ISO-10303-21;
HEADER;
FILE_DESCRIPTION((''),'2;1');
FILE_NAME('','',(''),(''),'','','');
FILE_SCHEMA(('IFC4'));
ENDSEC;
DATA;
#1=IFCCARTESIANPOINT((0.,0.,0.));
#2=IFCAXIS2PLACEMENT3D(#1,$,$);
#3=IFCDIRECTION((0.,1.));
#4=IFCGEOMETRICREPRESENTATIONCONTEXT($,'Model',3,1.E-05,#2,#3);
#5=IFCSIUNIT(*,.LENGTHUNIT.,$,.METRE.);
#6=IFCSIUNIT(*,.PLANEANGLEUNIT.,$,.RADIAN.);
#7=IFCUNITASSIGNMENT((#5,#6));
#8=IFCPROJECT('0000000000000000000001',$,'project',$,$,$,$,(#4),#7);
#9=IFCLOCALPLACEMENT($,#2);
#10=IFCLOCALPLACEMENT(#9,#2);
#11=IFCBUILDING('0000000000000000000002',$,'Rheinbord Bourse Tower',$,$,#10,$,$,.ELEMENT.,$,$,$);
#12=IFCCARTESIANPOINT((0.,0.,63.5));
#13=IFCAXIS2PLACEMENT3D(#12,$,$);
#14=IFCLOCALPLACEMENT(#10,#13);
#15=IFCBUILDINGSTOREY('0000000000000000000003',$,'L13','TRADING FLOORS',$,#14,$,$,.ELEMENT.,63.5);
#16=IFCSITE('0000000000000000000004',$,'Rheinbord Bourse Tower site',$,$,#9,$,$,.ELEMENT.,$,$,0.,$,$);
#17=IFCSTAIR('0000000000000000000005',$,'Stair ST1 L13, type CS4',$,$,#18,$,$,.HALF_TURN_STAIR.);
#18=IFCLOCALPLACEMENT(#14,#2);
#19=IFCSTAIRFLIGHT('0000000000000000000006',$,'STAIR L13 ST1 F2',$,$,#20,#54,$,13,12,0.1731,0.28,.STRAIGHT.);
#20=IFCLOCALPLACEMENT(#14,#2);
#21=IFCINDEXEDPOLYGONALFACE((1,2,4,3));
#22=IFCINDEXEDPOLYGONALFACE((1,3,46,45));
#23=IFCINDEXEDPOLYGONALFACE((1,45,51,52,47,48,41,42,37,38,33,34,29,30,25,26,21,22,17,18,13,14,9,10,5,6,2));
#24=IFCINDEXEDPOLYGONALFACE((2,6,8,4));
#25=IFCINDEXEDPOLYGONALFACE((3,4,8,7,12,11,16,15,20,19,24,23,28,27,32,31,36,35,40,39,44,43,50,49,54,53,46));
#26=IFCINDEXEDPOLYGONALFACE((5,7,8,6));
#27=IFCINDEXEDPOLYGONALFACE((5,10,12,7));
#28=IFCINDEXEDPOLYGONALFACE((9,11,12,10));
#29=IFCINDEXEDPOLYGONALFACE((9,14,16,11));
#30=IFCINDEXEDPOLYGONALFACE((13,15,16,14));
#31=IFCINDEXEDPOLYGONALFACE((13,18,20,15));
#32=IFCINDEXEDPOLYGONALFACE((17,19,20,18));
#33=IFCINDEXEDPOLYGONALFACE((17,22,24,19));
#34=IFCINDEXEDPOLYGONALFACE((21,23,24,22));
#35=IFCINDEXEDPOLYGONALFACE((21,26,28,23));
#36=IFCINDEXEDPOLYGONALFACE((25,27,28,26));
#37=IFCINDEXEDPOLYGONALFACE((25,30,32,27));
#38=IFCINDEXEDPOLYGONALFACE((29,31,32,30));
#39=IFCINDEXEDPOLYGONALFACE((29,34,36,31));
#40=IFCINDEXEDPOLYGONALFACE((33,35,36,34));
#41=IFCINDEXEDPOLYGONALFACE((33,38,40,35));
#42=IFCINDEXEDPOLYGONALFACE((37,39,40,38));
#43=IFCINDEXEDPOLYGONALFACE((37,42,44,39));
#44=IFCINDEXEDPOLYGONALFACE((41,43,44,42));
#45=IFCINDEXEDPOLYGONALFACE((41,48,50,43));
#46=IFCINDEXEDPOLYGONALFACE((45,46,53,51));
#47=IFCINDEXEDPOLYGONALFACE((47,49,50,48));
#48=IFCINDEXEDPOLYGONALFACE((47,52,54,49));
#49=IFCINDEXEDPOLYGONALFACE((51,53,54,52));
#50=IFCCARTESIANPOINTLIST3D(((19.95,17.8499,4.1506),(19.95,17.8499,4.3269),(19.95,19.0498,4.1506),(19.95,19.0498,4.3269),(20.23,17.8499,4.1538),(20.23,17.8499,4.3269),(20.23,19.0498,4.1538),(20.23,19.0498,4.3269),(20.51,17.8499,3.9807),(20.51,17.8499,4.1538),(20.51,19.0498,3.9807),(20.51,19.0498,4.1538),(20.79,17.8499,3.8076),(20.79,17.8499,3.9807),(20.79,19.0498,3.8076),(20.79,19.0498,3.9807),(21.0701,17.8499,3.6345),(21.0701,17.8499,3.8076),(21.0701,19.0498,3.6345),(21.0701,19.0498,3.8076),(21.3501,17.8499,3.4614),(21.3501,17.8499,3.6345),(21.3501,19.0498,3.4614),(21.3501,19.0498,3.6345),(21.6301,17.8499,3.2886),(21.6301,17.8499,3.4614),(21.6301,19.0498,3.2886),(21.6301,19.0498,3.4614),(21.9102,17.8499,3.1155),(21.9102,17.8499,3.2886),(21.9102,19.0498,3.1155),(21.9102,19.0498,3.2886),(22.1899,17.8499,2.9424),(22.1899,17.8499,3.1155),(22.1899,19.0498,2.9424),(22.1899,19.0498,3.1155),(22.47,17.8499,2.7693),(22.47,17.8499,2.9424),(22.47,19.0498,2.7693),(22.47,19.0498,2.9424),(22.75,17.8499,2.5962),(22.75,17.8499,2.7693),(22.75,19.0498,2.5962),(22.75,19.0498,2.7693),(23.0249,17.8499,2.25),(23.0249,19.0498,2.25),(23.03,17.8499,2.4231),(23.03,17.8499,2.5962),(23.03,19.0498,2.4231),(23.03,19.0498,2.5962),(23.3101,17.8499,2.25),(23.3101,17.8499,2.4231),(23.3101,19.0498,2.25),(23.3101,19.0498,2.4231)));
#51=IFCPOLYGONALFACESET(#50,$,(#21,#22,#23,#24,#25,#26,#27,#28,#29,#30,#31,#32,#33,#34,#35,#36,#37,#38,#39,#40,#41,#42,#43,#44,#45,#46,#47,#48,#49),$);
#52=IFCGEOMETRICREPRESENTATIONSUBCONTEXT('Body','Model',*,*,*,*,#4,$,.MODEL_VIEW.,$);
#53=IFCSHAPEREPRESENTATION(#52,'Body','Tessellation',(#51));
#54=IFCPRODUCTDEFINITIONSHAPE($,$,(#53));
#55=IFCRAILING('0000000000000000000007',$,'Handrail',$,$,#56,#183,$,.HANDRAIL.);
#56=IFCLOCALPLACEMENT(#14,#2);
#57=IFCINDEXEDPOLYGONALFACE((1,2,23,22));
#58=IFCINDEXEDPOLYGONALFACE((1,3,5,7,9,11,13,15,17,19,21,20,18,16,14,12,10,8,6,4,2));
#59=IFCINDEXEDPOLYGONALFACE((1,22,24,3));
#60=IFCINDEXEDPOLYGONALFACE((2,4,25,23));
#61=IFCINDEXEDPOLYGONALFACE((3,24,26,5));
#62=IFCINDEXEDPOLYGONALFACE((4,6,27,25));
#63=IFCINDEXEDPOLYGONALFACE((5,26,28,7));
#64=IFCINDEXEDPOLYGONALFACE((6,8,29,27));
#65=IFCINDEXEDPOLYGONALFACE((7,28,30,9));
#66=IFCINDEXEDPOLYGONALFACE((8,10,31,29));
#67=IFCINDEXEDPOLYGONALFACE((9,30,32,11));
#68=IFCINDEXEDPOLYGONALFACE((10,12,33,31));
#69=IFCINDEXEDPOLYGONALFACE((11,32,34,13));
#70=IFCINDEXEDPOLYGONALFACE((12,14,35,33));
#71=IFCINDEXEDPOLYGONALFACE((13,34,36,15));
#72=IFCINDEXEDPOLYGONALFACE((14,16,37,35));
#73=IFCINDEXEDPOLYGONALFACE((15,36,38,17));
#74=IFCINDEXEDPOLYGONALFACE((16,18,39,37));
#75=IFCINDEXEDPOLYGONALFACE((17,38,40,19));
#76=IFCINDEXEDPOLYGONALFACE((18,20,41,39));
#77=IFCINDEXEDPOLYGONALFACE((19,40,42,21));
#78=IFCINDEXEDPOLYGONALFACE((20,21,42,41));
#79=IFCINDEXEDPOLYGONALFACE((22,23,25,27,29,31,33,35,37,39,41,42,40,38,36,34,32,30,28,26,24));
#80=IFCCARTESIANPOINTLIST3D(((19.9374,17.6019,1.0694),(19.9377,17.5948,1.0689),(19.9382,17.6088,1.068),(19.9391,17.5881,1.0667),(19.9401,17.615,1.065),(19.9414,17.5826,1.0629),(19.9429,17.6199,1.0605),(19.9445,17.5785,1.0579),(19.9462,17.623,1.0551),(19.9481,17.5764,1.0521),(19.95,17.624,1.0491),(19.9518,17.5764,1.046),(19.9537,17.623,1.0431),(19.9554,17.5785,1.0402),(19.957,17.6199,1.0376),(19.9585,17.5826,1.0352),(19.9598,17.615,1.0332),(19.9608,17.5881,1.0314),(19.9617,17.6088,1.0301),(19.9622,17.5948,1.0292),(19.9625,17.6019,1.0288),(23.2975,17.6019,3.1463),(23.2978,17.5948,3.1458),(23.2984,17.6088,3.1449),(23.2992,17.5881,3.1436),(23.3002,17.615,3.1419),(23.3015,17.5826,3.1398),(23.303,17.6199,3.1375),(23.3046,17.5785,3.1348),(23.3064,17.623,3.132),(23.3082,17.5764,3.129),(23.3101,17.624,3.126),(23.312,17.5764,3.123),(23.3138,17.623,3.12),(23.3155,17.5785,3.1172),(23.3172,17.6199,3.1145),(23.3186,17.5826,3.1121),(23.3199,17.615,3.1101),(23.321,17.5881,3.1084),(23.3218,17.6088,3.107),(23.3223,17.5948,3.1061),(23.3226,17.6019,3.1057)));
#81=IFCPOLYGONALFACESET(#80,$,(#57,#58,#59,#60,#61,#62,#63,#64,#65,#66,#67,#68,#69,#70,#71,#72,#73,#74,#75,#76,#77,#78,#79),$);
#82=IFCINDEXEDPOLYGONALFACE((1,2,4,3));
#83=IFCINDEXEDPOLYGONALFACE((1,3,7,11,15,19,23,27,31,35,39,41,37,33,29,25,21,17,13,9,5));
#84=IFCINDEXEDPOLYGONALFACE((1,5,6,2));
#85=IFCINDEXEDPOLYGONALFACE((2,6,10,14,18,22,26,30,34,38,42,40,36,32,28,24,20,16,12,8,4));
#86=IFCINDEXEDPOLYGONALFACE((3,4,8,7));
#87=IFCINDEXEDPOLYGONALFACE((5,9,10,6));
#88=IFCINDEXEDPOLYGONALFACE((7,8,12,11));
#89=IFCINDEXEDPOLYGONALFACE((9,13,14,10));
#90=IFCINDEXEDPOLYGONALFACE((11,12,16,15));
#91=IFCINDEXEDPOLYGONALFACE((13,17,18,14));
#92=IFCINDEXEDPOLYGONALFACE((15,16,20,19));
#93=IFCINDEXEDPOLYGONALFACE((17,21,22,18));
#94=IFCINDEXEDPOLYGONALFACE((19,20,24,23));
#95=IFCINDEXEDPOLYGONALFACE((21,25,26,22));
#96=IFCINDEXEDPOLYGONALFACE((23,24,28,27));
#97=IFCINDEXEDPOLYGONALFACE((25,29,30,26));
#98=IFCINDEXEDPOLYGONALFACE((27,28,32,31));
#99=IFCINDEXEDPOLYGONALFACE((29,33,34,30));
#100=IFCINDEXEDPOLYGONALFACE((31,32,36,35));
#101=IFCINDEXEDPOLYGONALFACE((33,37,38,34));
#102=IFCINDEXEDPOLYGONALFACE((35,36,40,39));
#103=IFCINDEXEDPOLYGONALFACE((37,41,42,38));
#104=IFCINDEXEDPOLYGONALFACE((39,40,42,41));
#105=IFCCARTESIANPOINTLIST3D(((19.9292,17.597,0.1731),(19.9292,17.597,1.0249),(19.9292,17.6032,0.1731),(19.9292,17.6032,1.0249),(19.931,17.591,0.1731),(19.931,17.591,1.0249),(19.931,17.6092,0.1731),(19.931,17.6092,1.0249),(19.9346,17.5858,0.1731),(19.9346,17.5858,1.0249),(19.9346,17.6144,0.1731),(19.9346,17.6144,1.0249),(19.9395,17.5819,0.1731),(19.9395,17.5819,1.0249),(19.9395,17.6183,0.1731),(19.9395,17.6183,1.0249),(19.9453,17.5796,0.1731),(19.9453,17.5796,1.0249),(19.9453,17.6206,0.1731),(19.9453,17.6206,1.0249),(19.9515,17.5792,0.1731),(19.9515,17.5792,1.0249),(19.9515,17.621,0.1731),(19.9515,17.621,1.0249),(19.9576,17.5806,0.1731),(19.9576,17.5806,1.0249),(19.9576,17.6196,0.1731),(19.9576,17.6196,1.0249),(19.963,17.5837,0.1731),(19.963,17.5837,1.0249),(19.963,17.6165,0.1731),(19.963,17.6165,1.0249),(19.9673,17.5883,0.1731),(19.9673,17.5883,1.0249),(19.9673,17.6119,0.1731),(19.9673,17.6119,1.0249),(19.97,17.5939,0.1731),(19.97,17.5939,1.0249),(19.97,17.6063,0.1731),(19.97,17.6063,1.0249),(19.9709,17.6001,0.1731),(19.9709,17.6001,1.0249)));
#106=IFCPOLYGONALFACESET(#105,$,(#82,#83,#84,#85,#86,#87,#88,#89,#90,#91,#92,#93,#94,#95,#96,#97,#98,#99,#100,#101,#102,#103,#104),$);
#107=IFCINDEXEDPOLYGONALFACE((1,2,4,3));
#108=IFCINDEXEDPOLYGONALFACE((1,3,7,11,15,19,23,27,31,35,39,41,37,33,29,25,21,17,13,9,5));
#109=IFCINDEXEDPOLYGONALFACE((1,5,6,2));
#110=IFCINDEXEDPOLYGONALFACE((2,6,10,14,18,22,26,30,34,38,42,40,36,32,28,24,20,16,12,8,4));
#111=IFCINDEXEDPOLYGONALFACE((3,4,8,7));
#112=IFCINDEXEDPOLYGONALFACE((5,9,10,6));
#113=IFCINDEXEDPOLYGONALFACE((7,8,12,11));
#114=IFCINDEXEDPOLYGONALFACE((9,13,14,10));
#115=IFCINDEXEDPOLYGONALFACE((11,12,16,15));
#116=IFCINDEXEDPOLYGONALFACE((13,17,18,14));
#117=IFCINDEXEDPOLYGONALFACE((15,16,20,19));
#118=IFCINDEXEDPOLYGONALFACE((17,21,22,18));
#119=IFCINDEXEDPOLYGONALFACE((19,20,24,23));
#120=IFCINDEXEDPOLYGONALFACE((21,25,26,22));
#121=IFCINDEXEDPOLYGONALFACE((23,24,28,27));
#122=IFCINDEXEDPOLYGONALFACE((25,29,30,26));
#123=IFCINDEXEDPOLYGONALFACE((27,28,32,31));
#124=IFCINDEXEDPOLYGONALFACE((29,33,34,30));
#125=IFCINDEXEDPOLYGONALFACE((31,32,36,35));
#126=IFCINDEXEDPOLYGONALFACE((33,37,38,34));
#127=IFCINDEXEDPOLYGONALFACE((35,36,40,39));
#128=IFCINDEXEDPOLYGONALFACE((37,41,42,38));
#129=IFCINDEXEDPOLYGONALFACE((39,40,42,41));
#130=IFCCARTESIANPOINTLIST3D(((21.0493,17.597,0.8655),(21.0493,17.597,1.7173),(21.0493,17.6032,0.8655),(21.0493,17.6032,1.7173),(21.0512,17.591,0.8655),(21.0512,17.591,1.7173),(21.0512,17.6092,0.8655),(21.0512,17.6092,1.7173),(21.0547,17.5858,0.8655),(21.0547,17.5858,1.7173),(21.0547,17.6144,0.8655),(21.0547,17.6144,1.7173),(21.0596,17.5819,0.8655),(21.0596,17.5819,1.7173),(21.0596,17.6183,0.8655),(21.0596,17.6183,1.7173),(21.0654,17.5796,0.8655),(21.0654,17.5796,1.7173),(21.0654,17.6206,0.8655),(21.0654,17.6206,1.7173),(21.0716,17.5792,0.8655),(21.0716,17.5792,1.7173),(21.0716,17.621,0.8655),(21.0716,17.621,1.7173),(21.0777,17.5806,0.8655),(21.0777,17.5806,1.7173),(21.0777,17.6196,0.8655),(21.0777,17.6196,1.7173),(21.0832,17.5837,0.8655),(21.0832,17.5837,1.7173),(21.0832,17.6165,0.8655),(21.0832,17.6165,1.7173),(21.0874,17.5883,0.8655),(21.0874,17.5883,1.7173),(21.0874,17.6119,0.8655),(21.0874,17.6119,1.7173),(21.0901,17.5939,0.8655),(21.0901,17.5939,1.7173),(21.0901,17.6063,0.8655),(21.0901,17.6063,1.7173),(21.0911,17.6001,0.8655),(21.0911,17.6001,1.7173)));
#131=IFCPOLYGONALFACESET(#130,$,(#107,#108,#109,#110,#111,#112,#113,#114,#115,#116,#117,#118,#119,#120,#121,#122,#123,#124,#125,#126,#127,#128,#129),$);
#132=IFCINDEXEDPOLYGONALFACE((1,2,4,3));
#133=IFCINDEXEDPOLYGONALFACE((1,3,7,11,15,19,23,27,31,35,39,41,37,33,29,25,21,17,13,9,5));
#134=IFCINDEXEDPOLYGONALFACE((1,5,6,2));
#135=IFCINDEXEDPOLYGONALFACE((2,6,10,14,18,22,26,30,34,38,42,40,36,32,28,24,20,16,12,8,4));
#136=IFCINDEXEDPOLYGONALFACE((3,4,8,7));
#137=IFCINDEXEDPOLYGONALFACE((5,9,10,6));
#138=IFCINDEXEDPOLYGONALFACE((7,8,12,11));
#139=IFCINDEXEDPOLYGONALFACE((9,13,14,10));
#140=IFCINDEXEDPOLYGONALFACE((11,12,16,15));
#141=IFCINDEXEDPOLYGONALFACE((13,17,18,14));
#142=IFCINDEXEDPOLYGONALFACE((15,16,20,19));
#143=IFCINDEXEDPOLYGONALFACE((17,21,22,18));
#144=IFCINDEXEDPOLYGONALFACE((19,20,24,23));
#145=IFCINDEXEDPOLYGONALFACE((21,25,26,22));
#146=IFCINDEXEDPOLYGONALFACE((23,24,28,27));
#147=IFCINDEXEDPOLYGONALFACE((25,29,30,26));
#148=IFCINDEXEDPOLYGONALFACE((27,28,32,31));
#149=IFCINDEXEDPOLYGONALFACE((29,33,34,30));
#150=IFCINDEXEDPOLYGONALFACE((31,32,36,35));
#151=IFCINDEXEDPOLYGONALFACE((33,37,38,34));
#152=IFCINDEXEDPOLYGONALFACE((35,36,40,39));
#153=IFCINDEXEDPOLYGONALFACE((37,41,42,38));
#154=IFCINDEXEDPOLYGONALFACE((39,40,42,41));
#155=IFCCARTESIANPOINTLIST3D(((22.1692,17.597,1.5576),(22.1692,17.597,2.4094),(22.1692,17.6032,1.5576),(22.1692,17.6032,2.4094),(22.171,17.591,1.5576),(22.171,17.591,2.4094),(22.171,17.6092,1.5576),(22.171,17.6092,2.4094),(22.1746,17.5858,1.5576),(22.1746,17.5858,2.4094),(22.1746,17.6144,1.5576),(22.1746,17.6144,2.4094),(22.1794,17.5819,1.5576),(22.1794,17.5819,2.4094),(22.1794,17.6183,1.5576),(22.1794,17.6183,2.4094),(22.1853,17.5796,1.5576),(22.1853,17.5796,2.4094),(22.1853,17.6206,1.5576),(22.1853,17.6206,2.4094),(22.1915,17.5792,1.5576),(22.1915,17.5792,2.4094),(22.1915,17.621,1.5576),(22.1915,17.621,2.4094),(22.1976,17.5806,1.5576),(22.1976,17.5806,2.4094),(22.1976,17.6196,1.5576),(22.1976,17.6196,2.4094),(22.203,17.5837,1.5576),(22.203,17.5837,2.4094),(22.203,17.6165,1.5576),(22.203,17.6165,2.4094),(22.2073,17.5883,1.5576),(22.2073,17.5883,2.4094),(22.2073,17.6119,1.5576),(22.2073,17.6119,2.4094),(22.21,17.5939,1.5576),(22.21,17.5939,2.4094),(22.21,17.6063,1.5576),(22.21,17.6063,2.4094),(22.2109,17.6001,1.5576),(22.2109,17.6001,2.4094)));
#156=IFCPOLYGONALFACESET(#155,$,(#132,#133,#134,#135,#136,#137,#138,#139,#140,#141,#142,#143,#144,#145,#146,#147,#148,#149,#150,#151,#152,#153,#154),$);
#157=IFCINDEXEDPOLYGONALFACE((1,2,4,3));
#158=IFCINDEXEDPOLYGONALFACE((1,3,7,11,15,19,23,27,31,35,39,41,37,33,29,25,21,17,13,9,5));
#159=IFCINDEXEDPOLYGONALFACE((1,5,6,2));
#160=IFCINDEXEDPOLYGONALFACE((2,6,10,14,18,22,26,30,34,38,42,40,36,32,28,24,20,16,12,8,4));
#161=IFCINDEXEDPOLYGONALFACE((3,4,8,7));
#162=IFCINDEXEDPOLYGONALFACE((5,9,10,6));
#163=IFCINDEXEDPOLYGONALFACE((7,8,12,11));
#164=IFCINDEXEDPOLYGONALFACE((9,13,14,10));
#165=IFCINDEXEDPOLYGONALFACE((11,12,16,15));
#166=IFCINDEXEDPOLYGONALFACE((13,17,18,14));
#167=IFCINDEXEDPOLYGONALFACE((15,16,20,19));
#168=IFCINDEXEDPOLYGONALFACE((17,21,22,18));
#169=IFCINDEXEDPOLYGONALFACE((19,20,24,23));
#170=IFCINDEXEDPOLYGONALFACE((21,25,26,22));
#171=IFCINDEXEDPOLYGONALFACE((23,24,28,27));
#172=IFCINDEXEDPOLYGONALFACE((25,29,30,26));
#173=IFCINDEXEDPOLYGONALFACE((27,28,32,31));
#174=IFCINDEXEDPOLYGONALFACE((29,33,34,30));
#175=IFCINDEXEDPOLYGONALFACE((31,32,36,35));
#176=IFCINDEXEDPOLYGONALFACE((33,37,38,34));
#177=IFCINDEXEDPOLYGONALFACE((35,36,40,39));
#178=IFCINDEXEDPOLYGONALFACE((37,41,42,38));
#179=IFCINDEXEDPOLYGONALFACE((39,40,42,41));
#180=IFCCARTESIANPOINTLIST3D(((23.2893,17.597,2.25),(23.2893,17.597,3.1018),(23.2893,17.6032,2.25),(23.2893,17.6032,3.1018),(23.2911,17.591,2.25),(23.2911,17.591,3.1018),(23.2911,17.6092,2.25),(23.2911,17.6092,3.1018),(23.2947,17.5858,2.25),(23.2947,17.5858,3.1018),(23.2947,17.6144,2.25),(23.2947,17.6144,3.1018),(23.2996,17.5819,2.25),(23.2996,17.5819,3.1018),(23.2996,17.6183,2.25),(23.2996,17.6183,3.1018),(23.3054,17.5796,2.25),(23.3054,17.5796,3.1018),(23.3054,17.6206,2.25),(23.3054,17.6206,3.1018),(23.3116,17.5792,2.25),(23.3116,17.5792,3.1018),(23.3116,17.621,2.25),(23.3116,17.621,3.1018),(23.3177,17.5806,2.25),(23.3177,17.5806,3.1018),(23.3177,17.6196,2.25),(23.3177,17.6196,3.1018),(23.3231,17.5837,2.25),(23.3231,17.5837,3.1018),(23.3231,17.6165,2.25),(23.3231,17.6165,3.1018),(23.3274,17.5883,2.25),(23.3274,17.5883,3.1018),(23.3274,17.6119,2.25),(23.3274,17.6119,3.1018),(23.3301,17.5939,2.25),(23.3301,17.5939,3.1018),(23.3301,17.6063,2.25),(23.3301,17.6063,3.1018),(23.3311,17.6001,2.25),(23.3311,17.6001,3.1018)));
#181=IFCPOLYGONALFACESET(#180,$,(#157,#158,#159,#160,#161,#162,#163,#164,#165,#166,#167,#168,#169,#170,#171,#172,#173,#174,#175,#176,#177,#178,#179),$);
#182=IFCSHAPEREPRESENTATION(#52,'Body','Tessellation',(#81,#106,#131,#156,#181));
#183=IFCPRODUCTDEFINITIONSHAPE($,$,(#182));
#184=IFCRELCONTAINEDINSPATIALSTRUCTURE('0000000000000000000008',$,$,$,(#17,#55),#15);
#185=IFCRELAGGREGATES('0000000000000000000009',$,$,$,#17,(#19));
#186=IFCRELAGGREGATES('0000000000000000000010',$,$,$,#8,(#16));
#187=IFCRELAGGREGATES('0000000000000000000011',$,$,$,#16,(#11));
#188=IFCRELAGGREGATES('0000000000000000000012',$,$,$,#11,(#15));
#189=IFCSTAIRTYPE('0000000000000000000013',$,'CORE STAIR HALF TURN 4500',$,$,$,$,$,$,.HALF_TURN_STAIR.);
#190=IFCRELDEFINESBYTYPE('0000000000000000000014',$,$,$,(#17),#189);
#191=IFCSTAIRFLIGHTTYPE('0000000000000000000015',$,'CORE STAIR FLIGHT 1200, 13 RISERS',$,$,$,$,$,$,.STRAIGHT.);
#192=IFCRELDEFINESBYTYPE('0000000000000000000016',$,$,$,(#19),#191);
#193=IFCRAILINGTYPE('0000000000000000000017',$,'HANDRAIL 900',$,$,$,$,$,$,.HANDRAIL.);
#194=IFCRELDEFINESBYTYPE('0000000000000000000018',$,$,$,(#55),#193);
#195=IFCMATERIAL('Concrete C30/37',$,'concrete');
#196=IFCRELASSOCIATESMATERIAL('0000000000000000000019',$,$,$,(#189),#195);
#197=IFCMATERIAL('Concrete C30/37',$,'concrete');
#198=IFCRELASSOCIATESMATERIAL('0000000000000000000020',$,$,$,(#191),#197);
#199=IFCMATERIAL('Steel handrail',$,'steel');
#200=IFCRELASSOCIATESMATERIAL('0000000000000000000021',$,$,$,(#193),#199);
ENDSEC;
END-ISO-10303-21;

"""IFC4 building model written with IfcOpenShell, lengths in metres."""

from ifc_helpers import new_model, si_unit, direction, frame, origin, origin_2d, place, context, subcontext, project, spatial, polyline, circle, outline, extrude, material, type_object, element, aggregate, save


model = new_model("IFC4")

# Units and contexts
model_context = context("Model", 3, precision=1e-05, world=origin(), true_north=direction((0.0, 1.0)))
body_context = subcontext(model_context, "Body", "Model", "MODEL_VIEW")
ifc_project = project(units=[si_unit("LENGTHUNIT", "METRE"), si_unit("PLANEANGLEUNIT", "RADIAN")], contexts=[model_context])

# Site, building, storey
site_placement = place(None, origin())
site = spatial("IfcSite", under=ifc_project, at=site_placement, Name="Rheinbord Bourse Tower site", CompositionType="ELEMENT", RefElevation=0.0)
building_placement = place(site_placement, origin())
building = spatial("IfcBuilding", under=site, at=building_placement, Name="Rheinbord Bourse Tower", CompositionType="ELEMENT")
storey_placement = place(building_placement, frame((0.0, 0.0, 63.5)))
storey = spatial("IfcBuildingStorey", under=building, at=storey_placement, Name="L13", Description="TRADING FLOORS", CompositionType="ELEMENT", Elevation=63.5)

# Stair, stair flight
ifc_material_1 = material(Name="Concrete C30/37", Category="concrete")
stair_type = type_object("IfcStairType", Name="CORE STAIR HALF TURN 4500", PredefinedType="HALF_TURN_STAIR", material=ifc_material_1)
stair_placement = place(storey_placement, origin())
stair = element("IfcStair", 1, at=stair_placement, inside=storey, type_object=stair_type, Name="Stair ST1 L13, type CS4", PredefinedType="HALF_TURN_STAIR")
ifc_material_2 = material(Name="Concrete C30/37", Category="concrete")
stair_flight_type = type_object("IfcStairFlightType", Name="CORE STAIR FLIGHT 1200, 13 RISERS", PredefinedType="STRAIGHT", material=ifc_material_2)
stair_flight_1_placement = place(storey_placement, frame((23.3101, 18.45, 2.25), z_axis=(0.0, 0.0, 1.0), x_axis=(-1.0, 0.0, 0.0)))
stair_flight_1 = element("IfcStairFlight", 2, at=stair_flight_1_placement, type_object=stair_flight_type, Name="STAIR L13 ST1 F2", NumberOfRisers=13, NumberOfTreads=12, PredefinedType="STRAIGHT", RiserHeight=0.1731, TreadLength=0.28, context=body_context, shape_type="SweptSolid", body=[
    extrude(outline(polyline([(0.0, 0.0), (0.0, 0.1731), (0.28, 0.1731), (0.28, 0.3462), (0.5601, 0.3462), (0.5601, 0.5193), (0.8401, 0.5193), (0.8401, 0.6924), (1.1201, 0.6924), (1.1201, 0.8655), (1.3999, 0.8655), (1.3999, 1.0386), (1.6799, 1.0386), (1.6799, 1.2114), (1.96, 1.2114), (1.96, 1.3845), (2.24, 1.3845), (2.24, 1.5576), (2.52, 1.5576), (2.52, 1.7307), (2.8, 1.7307), (2.8, 1.9038), (3.0801, 1.9038), (3.0801, 2.0769), (3.3601, 2.0769), (3.3601, 2.25), (3.3601, 1.9006), (0.2852, 0.0), (0.0, 0.0)])), frame((0.0, 0.6001, 0.0), z_axis=(0.0, -1.0, 0.0), x_axis=(1.0, 0.0, 0.0)), (0.0, 0.0, 1.0), 1.2),
])
aggregate(stair, [stair_flight_1])

# Railing
ifc_material_3 = material(Name="Steel handrail", Category="steel")
railing_type = type_object("IfcRailingType", Name="HANDRAIL 900", PredefinedType="HANDRAIL", material=ifc_material_3)
railing_1_placement = place(storey_placement, frame((19.95, 17.6001, 0.1731)))
element("IfcRailing", 3, at=railing_1_placement, inside=storey, type_object=railing_type, Name="Handrail", PredefinedType="HANDRAIL", context=body_context, shape_type="SweptSolid", body=[
    extrude(circle(Radius=0.0239, at=origin_2d()), frame((0.0, 0.0, 0.876), z_axis=(0.850623, 0.0, 0.525776), x_axis=(0.0, 1.0, 0.0)), (0.0, 0.0, 1.0), 3.9502),
    extrude(circle(Radius=0.021, at=origin_2d()), origin(), (0.0, 0.0, 1.0), 0.8518),
    extrude(circle(Radius=0.021, at=origin_2d()), frame((1.1201, 0.0, 0.6924)), (0.0, 0.0, 1.0), 0.8518),
    extrude(circle(Radius=0.021, at=origin_2d()), frame((2.24, 0.0, 1.3845)), (0.0, 0.0, 1.0), 0.8518),
    extrude(circle(Radius=0.021, at=origin_2d()), frame((3.3601, 0.0, 2.0769)), (0.0, 0.0, 1.0), 0.8518),
])

save(model, "model.ifc")
